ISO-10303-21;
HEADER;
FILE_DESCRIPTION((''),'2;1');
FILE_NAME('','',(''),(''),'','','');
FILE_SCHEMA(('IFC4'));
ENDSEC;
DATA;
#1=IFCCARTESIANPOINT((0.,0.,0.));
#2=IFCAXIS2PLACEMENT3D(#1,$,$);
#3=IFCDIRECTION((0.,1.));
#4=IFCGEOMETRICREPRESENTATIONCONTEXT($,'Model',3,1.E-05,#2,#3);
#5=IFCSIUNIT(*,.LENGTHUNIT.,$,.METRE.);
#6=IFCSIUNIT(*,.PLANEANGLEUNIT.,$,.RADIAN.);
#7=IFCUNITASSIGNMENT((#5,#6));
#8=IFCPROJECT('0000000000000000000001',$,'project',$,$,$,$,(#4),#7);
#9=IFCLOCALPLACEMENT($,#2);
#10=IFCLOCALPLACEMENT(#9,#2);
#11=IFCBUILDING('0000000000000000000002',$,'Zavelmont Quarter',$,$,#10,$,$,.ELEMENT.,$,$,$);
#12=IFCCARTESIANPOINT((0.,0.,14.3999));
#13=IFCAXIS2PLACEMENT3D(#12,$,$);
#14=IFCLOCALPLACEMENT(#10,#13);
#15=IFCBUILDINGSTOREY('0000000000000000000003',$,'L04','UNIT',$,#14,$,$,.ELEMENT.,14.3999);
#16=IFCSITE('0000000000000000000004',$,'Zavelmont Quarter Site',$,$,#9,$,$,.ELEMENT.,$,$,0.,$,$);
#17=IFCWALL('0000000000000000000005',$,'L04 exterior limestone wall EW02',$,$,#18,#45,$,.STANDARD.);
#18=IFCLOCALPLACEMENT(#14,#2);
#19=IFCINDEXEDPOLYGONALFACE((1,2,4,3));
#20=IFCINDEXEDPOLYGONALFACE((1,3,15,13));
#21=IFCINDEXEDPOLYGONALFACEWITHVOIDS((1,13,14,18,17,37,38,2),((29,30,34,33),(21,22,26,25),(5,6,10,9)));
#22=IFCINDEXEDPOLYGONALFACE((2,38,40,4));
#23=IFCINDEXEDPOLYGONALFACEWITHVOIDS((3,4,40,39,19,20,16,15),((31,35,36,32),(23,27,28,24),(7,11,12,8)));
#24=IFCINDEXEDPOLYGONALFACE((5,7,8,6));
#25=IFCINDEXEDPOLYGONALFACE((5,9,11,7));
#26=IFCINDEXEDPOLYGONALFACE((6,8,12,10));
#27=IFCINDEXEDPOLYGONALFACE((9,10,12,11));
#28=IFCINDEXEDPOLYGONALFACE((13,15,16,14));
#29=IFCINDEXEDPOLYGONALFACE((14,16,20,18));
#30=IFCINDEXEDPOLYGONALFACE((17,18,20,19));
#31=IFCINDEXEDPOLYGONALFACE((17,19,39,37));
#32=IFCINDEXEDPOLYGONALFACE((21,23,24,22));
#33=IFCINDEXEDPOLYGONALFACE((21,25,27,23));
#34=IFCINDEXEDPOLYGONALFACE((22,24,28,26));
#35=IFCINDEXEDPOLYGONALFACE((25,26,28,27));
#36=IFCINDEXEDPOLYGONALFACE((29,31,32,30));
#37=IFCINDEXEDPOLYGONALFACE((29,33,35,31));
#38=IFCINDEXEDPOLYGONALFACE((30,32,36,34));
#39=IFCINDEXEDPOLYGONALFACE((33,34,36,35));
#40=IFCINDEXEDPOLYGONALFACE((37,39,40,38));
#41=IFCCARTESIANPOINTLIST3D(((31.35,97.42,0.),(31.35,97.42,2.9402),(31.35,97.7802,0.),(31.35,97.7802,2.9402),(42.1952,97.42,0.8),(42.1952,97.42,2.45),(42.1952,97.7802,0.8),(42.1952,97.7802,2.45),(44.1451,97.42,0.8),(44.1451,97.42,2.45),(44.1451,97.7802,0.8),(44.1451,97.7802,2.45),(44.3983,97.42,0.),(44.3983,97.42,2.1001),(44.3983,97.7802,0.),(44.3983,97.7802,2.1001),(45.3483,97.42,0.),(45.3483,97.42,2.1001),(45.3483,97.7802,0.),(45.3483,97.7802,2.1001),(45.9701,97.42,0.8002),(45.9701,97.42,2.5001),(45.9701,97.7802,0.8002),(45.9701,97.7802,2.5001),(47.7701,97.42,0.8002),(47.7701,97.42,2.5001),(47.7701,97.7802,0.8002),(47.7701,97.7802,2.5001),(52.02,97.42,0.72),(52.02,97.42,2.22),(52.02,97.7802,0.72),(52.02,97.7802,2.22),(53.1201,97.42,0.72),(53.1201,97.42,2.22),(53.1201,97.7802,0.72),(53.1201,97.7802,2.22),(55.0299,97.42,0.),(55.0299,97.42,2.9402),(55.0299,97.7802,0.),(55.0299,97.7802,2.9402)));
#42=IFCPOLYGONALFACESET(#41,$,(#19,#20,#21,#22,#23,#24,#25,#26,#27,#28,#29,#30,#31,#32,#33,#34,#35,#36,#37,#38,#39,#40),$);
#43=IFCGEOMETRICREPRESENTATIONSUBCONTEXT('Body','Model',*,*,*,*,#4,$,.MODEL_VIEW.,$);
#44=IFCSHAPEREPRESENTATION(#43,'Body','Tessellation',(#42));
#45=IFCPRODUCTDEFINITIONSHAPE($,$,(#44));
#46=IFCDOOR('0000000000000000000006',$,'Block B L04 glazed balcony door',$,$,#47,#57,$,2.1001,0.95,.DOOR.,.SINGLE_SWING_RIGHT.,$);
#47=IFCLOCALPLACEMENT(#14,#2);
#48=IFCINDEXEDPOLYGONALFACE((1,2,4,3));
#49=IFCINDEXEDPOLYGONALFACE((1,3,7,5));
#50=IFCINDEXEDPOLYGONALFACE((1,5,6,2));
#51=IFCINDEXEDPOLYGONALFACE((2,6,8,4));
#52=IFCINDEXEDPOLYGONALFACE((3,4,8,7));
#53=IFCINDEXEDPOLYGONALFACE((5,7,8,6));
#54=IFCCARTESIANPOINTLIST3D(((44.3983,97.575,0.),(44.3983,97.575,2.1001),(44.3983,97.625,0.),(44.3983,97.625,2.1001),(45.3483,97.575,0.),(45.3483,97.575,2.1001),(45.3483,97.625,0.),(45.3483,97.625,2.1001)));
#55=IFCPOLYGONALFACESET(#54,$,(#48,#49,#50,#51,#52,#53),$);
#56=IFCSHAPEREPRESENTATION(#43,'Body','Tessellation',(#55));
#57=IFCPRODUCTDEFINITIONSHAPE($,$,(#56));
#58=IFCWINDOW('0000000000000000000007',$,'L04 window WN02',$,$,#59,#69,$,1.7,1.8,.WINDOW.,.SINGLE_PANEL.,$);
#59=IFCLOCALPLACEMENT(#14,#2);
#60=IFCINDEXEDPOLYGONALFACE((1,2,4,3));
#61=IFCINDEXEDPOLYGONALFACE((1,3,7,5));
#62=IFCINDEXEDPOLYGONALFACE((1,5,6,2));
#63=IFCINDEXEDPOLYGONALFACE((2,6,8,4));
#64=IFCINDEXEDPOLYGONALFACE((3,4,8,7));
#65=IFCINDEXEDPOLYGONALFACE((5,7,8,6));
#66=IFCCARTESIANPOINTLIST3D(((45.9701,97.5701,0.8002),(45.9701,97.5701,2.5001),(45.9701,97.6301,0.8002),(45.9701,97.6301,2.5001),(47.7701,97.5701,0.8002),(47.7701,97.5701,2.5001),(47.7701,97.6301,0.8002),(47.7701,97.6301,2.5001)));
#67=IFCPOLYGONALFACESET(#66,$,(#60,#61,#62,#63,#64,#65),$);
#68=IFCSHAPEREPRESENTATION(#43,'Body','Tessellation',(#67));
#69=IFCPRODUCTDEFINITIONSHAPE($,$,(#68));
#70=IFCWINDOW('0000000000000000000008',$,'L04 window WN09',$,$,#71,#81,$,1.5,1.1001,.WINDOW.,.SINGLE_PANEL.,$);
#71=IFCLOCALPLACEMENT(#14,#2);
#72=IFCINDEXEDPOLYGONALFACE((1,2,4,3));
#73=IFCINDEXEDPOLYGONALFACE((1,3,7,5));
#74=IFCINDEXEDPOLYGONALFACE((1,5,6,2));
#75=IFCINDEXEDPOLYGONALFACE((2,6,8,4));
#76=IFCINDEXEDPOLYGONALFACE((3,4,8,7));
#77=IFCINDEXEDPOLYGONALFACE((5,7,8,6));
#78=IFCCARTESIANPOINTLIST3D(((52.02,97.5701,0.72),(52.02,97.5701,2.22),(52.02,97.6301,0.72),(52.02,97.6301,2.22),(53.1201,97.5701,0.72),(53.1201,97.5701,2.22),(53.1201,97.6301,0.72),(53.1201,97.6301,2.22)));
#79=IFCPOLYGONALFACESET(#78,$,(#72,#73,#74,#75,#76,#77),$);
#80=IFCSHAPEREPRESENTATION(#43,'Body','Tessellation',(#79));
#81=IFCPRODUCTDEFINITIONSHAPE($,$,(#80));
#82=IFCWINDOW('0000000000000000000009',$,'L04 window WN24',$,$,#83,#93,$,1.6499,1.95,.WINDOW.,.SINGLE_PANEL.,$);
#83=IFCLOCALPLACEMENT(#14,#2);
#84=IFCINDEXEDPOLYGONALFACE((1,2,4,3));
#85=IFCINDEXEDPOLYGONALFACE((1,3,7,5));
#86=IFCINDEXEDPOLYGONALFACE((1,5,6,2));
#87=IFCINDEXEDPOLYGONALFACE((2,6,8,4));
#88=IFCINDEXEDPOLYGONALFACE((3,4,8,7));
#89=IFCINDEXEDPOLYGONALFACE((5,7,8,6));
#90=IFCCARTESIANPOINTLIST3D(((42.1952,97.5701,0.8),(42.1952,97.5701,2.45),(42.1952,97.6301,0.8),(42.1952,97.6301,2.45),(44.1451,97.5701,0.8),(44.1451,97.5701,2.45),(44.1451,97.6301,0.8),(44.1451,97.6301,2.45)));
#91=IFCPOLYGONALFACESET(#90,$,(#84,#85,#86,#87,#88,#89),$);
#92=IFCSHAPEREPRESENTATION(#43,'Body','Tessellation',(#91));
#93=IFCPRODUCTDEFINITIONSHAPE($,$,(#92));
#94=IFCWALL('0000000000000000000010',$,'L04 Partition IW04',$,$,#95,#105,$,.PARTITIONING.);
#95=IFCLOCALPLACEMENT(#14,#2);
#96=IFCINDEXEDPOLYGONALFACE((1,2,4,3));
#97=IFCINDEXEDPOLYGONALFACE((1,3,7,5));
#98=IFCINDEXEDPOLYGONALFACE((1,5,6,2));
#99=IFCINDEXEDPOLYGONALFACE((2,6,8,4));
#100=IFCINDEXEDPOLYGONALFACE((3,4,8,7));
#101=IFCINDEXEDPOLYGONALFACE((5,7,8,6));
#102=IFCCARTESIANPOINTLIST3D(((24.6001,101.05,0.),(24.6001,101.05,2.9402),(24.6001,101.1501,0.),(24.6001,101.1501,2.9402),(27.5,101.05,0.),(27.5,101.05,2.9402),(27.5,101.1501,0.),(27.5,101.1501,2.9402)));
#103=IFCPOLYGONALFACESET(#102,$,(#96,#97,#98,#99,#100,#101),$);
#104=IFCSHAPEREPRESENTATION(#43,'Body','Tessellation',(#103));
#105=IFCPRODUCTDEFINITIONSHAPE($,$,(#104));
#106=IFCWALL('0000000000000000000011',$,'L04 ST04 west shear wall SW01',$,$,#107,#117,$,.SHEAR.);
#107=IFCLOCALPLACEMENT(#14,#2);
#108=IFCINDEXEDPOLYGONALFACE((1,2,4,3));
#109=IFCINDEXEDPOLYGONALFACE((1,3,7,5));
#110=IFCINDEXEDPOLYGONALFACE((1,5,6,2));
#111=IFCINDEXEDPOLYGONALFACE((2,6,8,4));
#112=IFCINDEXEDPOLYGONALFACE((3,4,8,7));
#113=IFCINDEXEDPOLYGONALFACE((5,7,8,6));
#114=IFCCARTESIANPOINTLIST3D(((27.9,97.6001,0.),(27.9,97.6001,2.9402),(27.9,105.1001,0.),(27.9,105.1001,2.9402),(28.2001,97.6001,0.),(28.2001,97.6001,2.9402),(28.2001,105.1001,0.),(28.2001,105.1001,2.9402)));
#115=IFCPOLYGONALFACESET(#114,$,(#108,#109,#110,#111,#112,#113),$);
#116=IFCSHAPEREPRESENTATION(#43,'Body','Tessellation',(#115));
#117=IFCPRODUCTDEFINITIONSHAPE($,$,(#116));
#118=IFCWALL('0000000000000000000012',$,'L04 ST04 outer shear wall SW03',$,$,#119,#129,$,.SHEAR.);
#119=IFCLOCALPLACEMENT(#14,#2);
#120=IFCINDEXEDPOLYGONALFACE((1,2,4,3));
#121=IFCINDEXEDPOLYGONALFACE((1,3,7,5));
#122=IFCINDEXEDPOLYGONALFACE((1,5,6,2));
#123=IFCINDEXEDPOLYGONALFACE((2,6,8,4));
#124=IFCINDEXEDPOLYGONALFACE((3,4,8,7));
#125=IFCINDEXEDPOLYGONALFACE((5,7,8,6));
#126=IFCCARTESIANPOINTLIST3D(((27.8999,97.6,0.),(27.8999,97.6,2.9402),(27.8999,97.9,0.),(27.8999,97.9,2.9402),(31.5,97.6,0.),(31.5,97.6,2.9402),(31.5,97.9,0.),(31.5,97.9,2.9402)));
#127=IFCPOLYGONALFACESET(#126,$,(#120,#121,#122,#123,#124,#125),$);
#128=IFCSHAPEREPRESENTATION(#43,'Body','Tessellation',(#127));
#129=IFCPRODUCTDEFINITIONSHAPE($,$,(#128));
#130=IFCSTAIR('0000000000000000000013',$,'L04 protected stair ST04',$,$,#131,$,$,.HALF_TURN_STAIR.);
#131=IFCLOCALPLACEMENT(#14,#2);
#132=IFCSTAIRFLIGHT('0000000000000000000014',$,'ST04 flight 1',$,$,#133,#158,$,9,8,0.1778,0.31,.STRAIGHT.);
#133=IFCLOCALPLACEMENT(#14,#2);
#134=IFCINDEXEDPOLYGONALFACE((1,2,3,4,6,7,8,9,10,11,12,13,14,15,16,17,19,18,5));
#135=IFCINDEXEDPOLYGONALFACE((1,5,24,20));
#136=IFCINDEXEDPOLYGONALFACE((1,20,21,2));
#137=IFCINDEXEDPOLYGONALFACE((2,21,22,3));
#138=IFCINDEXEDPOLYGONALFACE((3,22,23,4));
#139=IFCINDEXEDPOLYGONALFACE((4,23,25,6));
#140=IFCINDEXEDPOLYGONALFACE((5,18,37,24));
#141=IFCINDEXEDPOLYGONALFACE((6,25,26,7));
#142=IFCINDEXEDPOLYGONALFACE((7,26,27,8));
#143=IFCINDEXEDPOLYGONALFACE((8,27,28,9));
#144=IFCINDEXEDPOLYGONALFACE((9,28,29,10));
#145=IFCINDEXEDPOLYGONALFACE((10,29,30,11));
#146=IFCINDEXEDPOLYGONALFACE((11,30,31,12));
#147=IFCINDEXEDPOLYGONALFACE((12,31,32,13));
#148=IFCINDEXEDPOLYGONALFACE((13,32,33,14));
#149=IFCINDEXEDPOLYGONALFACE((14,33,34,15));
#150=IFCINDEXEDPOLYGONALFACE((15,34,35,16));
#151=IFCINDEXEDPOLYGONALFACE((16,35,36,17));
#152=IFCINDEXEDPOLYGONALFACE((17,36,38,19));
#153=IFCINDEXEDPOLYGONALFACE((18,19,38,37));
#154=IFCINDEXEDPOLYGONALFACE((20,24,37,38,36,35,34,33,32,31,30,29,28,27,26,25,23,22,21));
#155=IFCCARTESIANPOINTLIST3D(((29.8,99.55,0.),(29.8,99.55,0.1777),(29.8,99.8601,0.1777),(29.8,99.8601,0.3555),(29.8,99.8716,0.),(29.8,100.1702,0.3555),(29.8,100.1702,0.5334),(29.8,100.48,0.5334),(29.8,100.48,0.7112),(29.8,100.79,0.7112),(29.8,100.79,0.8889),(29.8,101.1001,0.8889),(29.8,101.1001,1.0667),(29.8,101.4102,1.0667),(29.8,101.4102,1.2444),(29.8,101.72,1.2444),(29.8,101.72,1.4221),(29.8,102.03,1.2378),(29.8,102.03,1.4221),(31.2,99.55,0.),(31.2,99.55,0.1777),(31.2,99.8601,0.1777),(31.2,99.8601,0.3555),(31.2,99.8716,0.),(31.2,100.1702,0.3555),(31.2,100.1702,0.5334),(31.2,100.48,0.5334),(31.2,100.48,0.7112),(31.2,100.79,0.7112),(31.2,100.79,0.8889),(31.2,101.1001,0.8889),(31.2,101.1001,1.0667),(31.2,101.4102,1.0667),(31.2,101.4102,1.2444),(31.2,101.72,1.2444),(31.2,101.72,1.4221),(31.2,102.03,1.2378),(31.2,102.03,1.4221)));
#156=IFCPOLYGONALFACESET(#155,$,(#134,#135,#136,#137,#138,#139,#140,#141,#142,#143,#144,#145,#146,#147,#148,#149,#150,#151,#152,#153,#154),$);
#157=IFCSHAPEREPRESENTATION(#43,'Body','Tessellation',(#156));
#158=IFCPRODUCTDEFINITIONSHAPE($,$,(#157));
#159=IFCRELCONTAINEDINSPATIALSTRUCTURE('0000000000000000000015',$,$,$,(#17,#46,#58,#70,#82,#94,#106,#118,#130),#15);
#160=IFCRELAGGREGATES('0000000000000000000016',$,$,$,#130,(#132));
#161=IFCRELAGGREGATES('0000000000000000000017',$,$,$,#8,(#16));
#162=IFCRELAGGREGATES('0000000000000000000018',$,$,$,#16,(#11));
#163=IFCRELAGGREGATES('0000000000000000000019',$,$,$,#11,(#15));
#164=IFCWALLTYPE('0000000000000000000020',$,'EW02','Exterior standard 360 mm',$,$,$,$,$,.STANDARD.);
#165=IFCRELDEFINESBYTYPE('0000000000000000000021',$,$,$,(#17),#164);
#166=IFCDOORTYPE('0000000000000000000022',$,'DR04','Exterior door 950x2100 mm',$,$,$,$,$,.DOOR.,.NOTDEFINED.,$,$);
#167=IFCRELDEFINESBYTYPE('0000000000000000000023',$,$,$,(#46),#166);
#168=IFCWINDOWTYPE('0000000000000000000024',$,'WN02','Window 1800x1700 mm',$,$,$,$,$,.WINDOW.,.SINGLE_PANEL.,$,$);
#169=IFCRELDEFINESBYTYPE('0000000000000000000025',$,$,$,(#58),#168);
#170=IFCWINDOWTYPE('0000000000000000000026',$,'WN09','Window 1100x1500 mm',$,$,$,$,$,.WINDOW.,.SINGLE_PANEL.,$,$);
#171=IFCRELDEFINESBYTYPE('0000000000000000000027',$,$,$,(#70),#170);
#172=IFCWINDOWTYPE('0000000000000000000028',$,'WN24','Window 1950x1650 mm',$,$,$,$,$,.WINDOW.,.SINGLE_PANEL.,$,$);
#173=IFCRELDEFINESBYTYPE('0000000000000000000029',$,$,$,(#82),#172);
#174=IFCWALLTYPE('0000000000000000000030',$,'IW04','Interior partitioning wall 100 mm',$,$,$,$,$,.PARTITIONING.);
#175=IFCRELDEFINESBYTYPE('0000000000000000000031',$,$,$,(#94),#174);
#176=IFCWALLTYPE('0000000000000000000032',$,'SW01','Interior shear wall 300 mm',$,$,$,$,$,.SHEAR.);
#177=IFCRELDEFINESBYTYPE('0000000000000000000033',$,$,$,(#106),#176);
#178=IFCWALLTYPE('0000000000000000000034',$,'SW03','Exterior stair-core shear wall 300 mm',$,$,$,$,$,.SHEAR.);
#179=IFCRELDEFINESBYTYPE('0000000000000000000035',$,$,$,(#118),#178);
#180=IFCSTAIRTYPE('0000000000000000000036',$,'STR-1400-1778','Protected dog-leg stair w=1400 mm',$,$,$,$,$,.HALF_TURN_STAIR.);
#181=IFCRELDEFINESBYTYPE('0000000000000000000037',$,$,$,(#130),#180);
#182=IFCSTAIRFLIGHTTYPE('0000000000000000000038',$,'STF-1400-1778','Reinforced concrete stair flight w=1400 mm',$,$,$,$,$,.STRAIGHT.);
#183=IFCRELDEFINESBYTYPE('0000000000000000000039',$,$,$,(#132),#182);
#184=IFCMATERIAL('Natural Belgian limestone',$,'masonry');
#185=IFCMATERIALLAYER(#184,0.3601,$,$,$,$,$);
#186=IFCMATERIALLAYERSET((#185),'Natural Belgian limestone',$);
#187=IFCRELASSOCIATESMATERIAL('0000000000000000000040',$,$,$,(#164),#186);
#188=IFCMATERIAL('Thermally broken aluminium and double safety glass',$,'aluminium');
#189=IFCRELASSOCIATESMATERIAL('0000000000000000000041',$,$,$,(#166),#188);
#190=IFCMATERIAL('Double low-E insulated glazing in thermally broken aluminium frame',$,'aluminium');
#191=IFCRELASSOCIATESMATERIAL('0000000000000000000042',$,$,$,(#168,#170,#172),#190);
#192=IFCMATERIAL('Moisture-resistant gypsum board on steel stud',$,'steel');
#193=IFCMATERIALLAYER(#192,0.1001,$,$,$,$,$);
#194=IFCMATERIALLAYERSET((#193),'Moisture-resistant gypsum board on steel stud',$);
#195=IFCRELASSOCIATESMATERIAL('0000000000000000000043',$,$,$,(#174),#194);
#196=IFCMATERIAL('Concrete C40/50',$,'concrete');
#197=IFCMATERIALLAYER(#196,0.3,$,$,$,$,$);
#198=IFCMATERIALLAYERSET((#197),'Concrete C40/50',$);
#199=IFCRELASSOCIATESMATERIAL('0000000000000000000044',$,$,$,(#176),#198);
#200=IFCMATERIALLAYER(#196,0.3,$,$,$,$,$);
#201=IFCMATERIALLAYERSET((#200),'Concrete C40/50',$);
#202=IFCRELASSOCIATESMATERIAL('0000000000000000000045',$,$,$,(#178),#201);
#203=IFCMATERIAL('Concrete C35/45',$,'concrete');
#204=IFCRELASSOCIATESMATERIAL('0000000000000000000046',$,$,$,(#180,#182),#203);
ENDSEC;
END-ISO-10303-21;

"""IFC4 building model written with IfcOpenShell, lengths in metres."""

from ifc_helpers import new_model, si_unit, direction, frame, frame_2d, origin, origin_with_axes, place, context, subcontext, project, spatial, polyline, rectangle, outline, extrude, material, layer, layer_set, type_object, element, fill, aggregate, save


model = new_model("IFC4")

# Units and contexts
model_context = context("Model", 3, precision=1e-05, world=origin(), true_north=direction((0.0, 1.0)))
body_context = subcontext(model_context, "Body", "Model", "MODEL_VIEW")
ifc_project = project(units=[si_unit("LENGTHUNIT", "METRE"), si_unit("PLANEANGLEUNIT", "RADIAN")], contexts=[model_context])

# Site, building, storey
site_placement = place(None, origin())
site = spatial("IfcSite", under=ifc_project, at=site_placement, Name="Zavelmont Quarter Site", CompositionType="ELEMENT", RefElevation=0.0)
building_placement = place(site_placement, origin())
building = spatial("IfcBuilding", under=site, at=building_placement, Name="Zavelmont Quarter", CompositionType="ELEMENT")
storey_placement = place(building_placement, frame((0.0, 0.0, 14.3999)))
storey = spatial("IfcBuildingStorey", under=building, at=storey_placement, Name="L04", Description="UNIT", CompositionType="ELEMENT", Elevation=14.3999)

# Shared definitions
ifc_material_1 = material(Name="Concrete C35/45", Category="concrete")

# Wall, openings, door, windows
ifc_material_2 = material(Name="Natural Belgian limestone", Category="masonry")
ifc_layer_1 = layer(ifc_material_2, 0.3601)
ifc_layer_set_1 = layer_set([ifc_layer_1], Name="Natural Belgian limestone")
wall_type_1 = type_object("IfcWallType", Name="EW02", Description="Exterior standard 360 mm", PredefinedType="STANDARD", material=ifc_layer_set_1)
wall_1_placement = place(storey_placement, frame((31.3501, 97.6001, 0.0), z_axis=(0.0, 0.0, 1.0), x_axis=(1.0, 0.0, 0.0)))
wall_1 = element("IfcWall", 1, at=wall_1_placement, inside=storey, type_object=wall_type_1, Name="L04 exterior limestone wall EW02", PredefinedType="STANDARD", context=body_context, shape_type="SweptSolid", body=[
    extrude(rectangle(XDim=23.6799, YDim=0.3601, at=frame_2d((11.8398, 0.0))), origin(), (0.0, 0.0, 1.0), 2.9402),
])
opening_1_placement = place(wall_1_placement, frame((13.0481, 0.0, 0.0)))
opening_1 = element("IfcOpeningElement", 2, at=opening_1_placement, cuts=wall_1, PredefinedType="OPENING", context=body_context, shape_type="SweptSolid", body=[
    extrude(rectangle(XDim=0.95, YDim=2.1001, at=frame_2d((0.4751, 1.05))), frame((0.0, 0.1919, 0.0), z_axis=(0.0, -1.0, 0.0), x_axis=(1.0, 0.0, 0.0)), (0.0, 0.0, 1.0), 0.384),
])
opening_2_placement = place(wall_1_placement, frame((10.845, 0.0, 0.8)))
opening_2 = element("IfcOpeningElement", 3, at=opening_2_placement, cuts=wall_1, PredefinedType="OPENING", context=body_context, shape_type="SweptSolid", body=[
    extrude(rectangle(XDim=1.95, YDim=1.6499, at=frame_2d((0.9751, 0.825))), frame((0.0, 0.1919, 0.0), z_axis=(0.0, -1.0, 0.0), x_axis=(1.0, 0.0, 0.0)), (0.0, 0.0, 1.0), 0.384),
])
opening_3_placement = place(wall_1_placement, frame((14.6201, 0.0, 0.8)))
opening_3 = element("IfcOpeningElement", 4, at=opening_3_placement, cuts=wall_1, PredefinedType="OPENING", context=body_context, shape_type="SweptSolid", body=[
    extrude(rectangle(XDim=1.8, YDim=1.7, at=frame_2d((0.8999, 0.8501))), frame((0.0, 0.1919, 0.0), z_axis=(0.0, -1.0, 0.0), x_axis=(1.0, 0.0, 0.0)), (0.0, 0.0, 1.0), 0.384),
])
opening_4_placement = place(wall_1_placement, frame((20.6699, 0.0, 0.72)))
opening_4 = element("IfcOpeningElement", 5, at=opening_4_placement, cuts=wall_1, PredefinedType="OPENING", context=body_context, shape_type="SweptSolid", body=[
    extrude(rectangle(XDim=1.1001, YDim=1.5, at=frame_2d((0.55, 0.75))), frame((0.0, 0.1919, 0.0), z_axis=(0.0, -1.0, 0.0), x_axis=(1.0, 0.0, 0.0)), (0.0, 0.0, 1.0), 0.384),
])
ifc_material_3 = material(Name="Thermally broken aluminium and double safety glass", Category="aluminium")
door_type_1 = type_object("IfcDoorType", Name="DR04", Description="Exterior door 950x2100 mm", OperationType="NOTDEFINED", PredefinedType="DOOR", material=ifc_material_3)
door_1_placement = place(opening_1_placement, origin_with_axes())
door_1 = element("IfcDoor", 6, at=door_1_placement, inside=storey, type_object=door_type_1, Name="Block B L04 glazed balcony door", OperationType="SINGLE_SWING_RIGHT", OverallHeight=2.1001, OverallWidth=0.95, PredefinedType="DOOR", context=body_context, shape_type="SweptSolid", body=[
    extrude(rectangle(XDim=0.95, YDim=2.1001, at=frame_2d((0.4751, 1.05))), frame((0.0, 0.0249, 0.0), z_axis=(0.0, -1.0, 0.0), x_axis=(1.0, 0.0, 0.0)), (0.0, 0.0, 1.0), 0.05),
])
fill(opening_1, door_1)
ifc_material_4 = material(Name="Double low-E insulated glazing in thermally broken aluminium frame", Category="aluminium")
window_type_1 = type_object("IfcWindowType", Name="WN02", Description="Window 1800x1700 mm", PartitioningType="SINGLE_PANEL", PredefinedType="WINDOW", material=ifc_material_4)
window_1_placement = place(opening_3_placement, origin_with_axes())
window_1 = element("IfcWindow", 7, at=window_1_placement, inside=storey, type_object=window_type_1, Name="L04 window WN02", OverallHeight=1.7, OverallWidth=1.8, PartitioningType="SINGLE_PANEL", PredefinedType="WINDOW", context=body_context, shape_type="SweptSolid", body=[
    extrude(rectangle(XDim=1.8, YDim=1.7, at=frame_2d((0.8999, 0.8501))), frame((0.0, 0.03, 0.0), z_axis=(0.0, -1.0, 0.0), x_axis=(1.0, 0.0, 0.0)), (0.0, 0.0, 1.0), 0.0601),
])
fill(opening_3, window_1)
window_type_2 = type_object("IfcWindowType", Name="WN09", Description="Window 1100x1500 mm", PartitioningType="SINGLE_PANEL", PredefinedType="WINDOW", material=ifc_material_4)
window_2_placement = place(opening_4_placement, origin_with_axes())
window_2 = element("IfcWindow", 8, at=window_2_placement, inside=storey, type_object=window_type_2, Name="L04 window WN09", OverallHeight=1.5, OverallWidth=1.1001, PartitioningType="SINGLE_PANEL", PredefinedType="WINDOW", context=body_context, shape_type="SweptSolid", body=[
    extrude(rectangle(XDim=1.1001, YDim=1.5, at=frame_2d((0.55, 0.75))), frame((0.0, 0.03, 0.0), z_axis=(0.0, -1.0, 0.0), x_axis=(1.0, 0.0, 0.0)), (0.0, 0.0, 1.0), 0.0601),
])
fill(opening_4, window_2)
window_type_3 = type_object("IfcWindowType", Name="WN24", Description="Window 1950x1650 mm", PartitioningType="SINGLE_PANEL", PredefinedType="WINDOW", material=ifc_material_4)
window_3_placement = place(opening_2_placement, origin_with_axes())
window_3 = element("IfcWindow", 9, at=window_3_placement, inside=storey, type_object=window_type_3, Name="L04 window WN24", OverallHeight=1.6499, OverallWidth=1.95, PartitioningType="SINGLE_PANEL", PredefinedType="WINDOW", context=body_context, shape_type="SweptSolid", body=[
    extrude(rectangle(XDim=1.95, YDim=1.6499, at=frame_2d((0.9751, 0.825))), frame((0.0, 0.03, 0.0), z_axis=(0.0, -1.0, 0.0), x_axis=(1.0, 0.0, 0.0)), (0.0, 0.0, 1.0), 0.0601),
])
fill(opening_2, window_3)

# Walls
ifc_material_5 = material(Name="Moisture-resistant gypsum board on steel stud", Category="steel")
ifc_layer_2 = layer(ifc_material_5, 0.1001)
ifc_layer_set_2 = layer_set([ifc_layer_2], Name="Moisture-resistant gypsum board on steel stud")
wall_type_2 = type_object("IfcWallType", Name="IW04", Description="Interior partitioning wall 100 mm", PredefinedType="PARTITIONING", material=ifc_layer_set_2)
wall_2_placement = place(storey_placement, frame((24.6001, 101.1001, 0.0), z_axis=(0.0, 0.0, 1.0), x_axis=(1.0, 0.0, 0.0)))
element("IfcWall", 10, at=wall_2_placement, inside=storey, type_object=wall_type_2, Name="L04 Partition IW04", PredefinedType="PARTITIONING", context=body_context, shape_type="SweptSolid", body=[
    extrude(rectangle(XDim=2.8999, YDim=0.1001, at=frame_2d((1.45, 0.0))), origin(), (0.0, 0.0, 1.0), 2.9402),
])
ifc_material_6 = material(Name="Concrete C40/50", Category="concrete")
ifc_layer_3 = layer(ifc_material_6, 0.3)
ifc_layer_set_3 = layer_set([ifc_layer_3], Name="Concrete C40/50")
wall_type_3 = type_object("IfcWallType", Name="SW01", Description="Interior shear wall 300 mm", PredefinedType="SHEAR", material=ifc_layer_set_3)
wall_3_placement = place(storey_placement, frame((28.05, 97.6001, 0.0), z_axis=(0.0, 0.0, 1.0), x_axis=(0.0, 1.0, 0.0)))
element("IfcWall", 11, at=wall_3_placement, inside=storey, type_object=wall_type_3, Name="L04 ST04 west shear wall SW01", PredefinedType="SHEAR", context=body_context, shape_type="SweptSolid", body=[
    extrude(rectangle(XDim=7.5, YDim=0.3, at=frame_2d((3.75, 0.0))), origin(), (0.0, 0.0, 1.0), 2.9402),
])

# Wall
ifc_layer_4 = layer(ifc_material_6, 0.3)
ifc_layer_set_4 = layer_set([ifc_layer_4], Name="Concrete C40/50")
wall_type_4 = type_object("IfcWallType", Name="SW03", Description="Exterior stair-core shear wall 300 mm", PredefinedType="SHEAR", material=ifc_layer_set_4)
wall_4_placement = place(storey_placement, frame((27.8999, 97.75, 0.0), z_axis=(0.0, 0.0, 1.0), x_axis=(1.0, 0.0, 0.0)))
element("IfcWall", 12, at=wall_4_placement, inside=storey, type_object=wall_type_4, Name="L04 ST04 outer shear wall SW03", PredefinedType="SHEAR", context=body_context, shape_type="SweptSolid", body=[
    extrude(rectangle(XDim=3.6001, YDim=0.3, at=frame_2d((1.8, 0.0))), origin(), (0.0, 0.0, 1.0), 2.9402),
])

# Stair, stair flight
stair_type = type_object("IfcStairType", Name="STR-1400-1778", Description="Protected dog-leg stair w=1400 mm", PredefinedType="HALF_TURN_STAIR", material=ifc_material_1)
stair_placement = place(storey_placement, origin())
stair = element("IfcStair", 13, at=stair_placement, inside=storey, type_object=stair_type, Name="L04 protected stair ST04", PredefinedType="HALF_TURN_STAIR")
stair_flight_type = type_object("IfcStairFlightType", Name="STF-1400-1778", Description="Reinforced concrete stair flight w=1400 mm", PredefinedType="STRAIGHT", material=ifc_material_1)
stair_flight_placement = place(storey_placement, frame((30.5, 99.55, 0.0), z_axis=(0.0, 0.0, 1.0), x_axis=(0.0, 1.0, 0.0)))
stair_flight = element("IfcStairFlight", 14, at=stair_flight_placement, type_object=stair_flight_type, Name="ST04 flight 1", NumberOfRisers=9, NumberOfTreads=8, PredefinedType="STRAIGHT", RiserHeight=0.1778, TreadLength=0.31, context=body_context, shape_type="SweptSolid", body=[
    extrude(outline(polyline([(0.0, 0.0), (0.0, 0.1777), (0.3101, 0.1777), (0.3101, 0.3555), (0.6201, 0.3555), (0.6201, 0.5334), (0.9299, 0.5334), (0.9299, 0.7112), (1.24, 0.7112), (1.24, 0.8889), (1.55, 0.8889), (1.55, 1.0667), (1.8601, 1.0667), (1.8601, 1.2444), (2.1699, 1.2444), (2.1699, 1.4221), (2.48, 1.4221), (2.48, 1.6001), (2.48, 1.2378), (0.3215, 0.0), (0.0, 0.0)])), frame((0.0, 0.7, 0.0), z_axis=(0.0, -1.0, 0.0), x_axis=(1.0, 0.0, 0.0)), (0.0, 0.0, 1.0), 1.3999),
])
aggregate(stair, [stair_flight])

save(model, "model.ifc")
